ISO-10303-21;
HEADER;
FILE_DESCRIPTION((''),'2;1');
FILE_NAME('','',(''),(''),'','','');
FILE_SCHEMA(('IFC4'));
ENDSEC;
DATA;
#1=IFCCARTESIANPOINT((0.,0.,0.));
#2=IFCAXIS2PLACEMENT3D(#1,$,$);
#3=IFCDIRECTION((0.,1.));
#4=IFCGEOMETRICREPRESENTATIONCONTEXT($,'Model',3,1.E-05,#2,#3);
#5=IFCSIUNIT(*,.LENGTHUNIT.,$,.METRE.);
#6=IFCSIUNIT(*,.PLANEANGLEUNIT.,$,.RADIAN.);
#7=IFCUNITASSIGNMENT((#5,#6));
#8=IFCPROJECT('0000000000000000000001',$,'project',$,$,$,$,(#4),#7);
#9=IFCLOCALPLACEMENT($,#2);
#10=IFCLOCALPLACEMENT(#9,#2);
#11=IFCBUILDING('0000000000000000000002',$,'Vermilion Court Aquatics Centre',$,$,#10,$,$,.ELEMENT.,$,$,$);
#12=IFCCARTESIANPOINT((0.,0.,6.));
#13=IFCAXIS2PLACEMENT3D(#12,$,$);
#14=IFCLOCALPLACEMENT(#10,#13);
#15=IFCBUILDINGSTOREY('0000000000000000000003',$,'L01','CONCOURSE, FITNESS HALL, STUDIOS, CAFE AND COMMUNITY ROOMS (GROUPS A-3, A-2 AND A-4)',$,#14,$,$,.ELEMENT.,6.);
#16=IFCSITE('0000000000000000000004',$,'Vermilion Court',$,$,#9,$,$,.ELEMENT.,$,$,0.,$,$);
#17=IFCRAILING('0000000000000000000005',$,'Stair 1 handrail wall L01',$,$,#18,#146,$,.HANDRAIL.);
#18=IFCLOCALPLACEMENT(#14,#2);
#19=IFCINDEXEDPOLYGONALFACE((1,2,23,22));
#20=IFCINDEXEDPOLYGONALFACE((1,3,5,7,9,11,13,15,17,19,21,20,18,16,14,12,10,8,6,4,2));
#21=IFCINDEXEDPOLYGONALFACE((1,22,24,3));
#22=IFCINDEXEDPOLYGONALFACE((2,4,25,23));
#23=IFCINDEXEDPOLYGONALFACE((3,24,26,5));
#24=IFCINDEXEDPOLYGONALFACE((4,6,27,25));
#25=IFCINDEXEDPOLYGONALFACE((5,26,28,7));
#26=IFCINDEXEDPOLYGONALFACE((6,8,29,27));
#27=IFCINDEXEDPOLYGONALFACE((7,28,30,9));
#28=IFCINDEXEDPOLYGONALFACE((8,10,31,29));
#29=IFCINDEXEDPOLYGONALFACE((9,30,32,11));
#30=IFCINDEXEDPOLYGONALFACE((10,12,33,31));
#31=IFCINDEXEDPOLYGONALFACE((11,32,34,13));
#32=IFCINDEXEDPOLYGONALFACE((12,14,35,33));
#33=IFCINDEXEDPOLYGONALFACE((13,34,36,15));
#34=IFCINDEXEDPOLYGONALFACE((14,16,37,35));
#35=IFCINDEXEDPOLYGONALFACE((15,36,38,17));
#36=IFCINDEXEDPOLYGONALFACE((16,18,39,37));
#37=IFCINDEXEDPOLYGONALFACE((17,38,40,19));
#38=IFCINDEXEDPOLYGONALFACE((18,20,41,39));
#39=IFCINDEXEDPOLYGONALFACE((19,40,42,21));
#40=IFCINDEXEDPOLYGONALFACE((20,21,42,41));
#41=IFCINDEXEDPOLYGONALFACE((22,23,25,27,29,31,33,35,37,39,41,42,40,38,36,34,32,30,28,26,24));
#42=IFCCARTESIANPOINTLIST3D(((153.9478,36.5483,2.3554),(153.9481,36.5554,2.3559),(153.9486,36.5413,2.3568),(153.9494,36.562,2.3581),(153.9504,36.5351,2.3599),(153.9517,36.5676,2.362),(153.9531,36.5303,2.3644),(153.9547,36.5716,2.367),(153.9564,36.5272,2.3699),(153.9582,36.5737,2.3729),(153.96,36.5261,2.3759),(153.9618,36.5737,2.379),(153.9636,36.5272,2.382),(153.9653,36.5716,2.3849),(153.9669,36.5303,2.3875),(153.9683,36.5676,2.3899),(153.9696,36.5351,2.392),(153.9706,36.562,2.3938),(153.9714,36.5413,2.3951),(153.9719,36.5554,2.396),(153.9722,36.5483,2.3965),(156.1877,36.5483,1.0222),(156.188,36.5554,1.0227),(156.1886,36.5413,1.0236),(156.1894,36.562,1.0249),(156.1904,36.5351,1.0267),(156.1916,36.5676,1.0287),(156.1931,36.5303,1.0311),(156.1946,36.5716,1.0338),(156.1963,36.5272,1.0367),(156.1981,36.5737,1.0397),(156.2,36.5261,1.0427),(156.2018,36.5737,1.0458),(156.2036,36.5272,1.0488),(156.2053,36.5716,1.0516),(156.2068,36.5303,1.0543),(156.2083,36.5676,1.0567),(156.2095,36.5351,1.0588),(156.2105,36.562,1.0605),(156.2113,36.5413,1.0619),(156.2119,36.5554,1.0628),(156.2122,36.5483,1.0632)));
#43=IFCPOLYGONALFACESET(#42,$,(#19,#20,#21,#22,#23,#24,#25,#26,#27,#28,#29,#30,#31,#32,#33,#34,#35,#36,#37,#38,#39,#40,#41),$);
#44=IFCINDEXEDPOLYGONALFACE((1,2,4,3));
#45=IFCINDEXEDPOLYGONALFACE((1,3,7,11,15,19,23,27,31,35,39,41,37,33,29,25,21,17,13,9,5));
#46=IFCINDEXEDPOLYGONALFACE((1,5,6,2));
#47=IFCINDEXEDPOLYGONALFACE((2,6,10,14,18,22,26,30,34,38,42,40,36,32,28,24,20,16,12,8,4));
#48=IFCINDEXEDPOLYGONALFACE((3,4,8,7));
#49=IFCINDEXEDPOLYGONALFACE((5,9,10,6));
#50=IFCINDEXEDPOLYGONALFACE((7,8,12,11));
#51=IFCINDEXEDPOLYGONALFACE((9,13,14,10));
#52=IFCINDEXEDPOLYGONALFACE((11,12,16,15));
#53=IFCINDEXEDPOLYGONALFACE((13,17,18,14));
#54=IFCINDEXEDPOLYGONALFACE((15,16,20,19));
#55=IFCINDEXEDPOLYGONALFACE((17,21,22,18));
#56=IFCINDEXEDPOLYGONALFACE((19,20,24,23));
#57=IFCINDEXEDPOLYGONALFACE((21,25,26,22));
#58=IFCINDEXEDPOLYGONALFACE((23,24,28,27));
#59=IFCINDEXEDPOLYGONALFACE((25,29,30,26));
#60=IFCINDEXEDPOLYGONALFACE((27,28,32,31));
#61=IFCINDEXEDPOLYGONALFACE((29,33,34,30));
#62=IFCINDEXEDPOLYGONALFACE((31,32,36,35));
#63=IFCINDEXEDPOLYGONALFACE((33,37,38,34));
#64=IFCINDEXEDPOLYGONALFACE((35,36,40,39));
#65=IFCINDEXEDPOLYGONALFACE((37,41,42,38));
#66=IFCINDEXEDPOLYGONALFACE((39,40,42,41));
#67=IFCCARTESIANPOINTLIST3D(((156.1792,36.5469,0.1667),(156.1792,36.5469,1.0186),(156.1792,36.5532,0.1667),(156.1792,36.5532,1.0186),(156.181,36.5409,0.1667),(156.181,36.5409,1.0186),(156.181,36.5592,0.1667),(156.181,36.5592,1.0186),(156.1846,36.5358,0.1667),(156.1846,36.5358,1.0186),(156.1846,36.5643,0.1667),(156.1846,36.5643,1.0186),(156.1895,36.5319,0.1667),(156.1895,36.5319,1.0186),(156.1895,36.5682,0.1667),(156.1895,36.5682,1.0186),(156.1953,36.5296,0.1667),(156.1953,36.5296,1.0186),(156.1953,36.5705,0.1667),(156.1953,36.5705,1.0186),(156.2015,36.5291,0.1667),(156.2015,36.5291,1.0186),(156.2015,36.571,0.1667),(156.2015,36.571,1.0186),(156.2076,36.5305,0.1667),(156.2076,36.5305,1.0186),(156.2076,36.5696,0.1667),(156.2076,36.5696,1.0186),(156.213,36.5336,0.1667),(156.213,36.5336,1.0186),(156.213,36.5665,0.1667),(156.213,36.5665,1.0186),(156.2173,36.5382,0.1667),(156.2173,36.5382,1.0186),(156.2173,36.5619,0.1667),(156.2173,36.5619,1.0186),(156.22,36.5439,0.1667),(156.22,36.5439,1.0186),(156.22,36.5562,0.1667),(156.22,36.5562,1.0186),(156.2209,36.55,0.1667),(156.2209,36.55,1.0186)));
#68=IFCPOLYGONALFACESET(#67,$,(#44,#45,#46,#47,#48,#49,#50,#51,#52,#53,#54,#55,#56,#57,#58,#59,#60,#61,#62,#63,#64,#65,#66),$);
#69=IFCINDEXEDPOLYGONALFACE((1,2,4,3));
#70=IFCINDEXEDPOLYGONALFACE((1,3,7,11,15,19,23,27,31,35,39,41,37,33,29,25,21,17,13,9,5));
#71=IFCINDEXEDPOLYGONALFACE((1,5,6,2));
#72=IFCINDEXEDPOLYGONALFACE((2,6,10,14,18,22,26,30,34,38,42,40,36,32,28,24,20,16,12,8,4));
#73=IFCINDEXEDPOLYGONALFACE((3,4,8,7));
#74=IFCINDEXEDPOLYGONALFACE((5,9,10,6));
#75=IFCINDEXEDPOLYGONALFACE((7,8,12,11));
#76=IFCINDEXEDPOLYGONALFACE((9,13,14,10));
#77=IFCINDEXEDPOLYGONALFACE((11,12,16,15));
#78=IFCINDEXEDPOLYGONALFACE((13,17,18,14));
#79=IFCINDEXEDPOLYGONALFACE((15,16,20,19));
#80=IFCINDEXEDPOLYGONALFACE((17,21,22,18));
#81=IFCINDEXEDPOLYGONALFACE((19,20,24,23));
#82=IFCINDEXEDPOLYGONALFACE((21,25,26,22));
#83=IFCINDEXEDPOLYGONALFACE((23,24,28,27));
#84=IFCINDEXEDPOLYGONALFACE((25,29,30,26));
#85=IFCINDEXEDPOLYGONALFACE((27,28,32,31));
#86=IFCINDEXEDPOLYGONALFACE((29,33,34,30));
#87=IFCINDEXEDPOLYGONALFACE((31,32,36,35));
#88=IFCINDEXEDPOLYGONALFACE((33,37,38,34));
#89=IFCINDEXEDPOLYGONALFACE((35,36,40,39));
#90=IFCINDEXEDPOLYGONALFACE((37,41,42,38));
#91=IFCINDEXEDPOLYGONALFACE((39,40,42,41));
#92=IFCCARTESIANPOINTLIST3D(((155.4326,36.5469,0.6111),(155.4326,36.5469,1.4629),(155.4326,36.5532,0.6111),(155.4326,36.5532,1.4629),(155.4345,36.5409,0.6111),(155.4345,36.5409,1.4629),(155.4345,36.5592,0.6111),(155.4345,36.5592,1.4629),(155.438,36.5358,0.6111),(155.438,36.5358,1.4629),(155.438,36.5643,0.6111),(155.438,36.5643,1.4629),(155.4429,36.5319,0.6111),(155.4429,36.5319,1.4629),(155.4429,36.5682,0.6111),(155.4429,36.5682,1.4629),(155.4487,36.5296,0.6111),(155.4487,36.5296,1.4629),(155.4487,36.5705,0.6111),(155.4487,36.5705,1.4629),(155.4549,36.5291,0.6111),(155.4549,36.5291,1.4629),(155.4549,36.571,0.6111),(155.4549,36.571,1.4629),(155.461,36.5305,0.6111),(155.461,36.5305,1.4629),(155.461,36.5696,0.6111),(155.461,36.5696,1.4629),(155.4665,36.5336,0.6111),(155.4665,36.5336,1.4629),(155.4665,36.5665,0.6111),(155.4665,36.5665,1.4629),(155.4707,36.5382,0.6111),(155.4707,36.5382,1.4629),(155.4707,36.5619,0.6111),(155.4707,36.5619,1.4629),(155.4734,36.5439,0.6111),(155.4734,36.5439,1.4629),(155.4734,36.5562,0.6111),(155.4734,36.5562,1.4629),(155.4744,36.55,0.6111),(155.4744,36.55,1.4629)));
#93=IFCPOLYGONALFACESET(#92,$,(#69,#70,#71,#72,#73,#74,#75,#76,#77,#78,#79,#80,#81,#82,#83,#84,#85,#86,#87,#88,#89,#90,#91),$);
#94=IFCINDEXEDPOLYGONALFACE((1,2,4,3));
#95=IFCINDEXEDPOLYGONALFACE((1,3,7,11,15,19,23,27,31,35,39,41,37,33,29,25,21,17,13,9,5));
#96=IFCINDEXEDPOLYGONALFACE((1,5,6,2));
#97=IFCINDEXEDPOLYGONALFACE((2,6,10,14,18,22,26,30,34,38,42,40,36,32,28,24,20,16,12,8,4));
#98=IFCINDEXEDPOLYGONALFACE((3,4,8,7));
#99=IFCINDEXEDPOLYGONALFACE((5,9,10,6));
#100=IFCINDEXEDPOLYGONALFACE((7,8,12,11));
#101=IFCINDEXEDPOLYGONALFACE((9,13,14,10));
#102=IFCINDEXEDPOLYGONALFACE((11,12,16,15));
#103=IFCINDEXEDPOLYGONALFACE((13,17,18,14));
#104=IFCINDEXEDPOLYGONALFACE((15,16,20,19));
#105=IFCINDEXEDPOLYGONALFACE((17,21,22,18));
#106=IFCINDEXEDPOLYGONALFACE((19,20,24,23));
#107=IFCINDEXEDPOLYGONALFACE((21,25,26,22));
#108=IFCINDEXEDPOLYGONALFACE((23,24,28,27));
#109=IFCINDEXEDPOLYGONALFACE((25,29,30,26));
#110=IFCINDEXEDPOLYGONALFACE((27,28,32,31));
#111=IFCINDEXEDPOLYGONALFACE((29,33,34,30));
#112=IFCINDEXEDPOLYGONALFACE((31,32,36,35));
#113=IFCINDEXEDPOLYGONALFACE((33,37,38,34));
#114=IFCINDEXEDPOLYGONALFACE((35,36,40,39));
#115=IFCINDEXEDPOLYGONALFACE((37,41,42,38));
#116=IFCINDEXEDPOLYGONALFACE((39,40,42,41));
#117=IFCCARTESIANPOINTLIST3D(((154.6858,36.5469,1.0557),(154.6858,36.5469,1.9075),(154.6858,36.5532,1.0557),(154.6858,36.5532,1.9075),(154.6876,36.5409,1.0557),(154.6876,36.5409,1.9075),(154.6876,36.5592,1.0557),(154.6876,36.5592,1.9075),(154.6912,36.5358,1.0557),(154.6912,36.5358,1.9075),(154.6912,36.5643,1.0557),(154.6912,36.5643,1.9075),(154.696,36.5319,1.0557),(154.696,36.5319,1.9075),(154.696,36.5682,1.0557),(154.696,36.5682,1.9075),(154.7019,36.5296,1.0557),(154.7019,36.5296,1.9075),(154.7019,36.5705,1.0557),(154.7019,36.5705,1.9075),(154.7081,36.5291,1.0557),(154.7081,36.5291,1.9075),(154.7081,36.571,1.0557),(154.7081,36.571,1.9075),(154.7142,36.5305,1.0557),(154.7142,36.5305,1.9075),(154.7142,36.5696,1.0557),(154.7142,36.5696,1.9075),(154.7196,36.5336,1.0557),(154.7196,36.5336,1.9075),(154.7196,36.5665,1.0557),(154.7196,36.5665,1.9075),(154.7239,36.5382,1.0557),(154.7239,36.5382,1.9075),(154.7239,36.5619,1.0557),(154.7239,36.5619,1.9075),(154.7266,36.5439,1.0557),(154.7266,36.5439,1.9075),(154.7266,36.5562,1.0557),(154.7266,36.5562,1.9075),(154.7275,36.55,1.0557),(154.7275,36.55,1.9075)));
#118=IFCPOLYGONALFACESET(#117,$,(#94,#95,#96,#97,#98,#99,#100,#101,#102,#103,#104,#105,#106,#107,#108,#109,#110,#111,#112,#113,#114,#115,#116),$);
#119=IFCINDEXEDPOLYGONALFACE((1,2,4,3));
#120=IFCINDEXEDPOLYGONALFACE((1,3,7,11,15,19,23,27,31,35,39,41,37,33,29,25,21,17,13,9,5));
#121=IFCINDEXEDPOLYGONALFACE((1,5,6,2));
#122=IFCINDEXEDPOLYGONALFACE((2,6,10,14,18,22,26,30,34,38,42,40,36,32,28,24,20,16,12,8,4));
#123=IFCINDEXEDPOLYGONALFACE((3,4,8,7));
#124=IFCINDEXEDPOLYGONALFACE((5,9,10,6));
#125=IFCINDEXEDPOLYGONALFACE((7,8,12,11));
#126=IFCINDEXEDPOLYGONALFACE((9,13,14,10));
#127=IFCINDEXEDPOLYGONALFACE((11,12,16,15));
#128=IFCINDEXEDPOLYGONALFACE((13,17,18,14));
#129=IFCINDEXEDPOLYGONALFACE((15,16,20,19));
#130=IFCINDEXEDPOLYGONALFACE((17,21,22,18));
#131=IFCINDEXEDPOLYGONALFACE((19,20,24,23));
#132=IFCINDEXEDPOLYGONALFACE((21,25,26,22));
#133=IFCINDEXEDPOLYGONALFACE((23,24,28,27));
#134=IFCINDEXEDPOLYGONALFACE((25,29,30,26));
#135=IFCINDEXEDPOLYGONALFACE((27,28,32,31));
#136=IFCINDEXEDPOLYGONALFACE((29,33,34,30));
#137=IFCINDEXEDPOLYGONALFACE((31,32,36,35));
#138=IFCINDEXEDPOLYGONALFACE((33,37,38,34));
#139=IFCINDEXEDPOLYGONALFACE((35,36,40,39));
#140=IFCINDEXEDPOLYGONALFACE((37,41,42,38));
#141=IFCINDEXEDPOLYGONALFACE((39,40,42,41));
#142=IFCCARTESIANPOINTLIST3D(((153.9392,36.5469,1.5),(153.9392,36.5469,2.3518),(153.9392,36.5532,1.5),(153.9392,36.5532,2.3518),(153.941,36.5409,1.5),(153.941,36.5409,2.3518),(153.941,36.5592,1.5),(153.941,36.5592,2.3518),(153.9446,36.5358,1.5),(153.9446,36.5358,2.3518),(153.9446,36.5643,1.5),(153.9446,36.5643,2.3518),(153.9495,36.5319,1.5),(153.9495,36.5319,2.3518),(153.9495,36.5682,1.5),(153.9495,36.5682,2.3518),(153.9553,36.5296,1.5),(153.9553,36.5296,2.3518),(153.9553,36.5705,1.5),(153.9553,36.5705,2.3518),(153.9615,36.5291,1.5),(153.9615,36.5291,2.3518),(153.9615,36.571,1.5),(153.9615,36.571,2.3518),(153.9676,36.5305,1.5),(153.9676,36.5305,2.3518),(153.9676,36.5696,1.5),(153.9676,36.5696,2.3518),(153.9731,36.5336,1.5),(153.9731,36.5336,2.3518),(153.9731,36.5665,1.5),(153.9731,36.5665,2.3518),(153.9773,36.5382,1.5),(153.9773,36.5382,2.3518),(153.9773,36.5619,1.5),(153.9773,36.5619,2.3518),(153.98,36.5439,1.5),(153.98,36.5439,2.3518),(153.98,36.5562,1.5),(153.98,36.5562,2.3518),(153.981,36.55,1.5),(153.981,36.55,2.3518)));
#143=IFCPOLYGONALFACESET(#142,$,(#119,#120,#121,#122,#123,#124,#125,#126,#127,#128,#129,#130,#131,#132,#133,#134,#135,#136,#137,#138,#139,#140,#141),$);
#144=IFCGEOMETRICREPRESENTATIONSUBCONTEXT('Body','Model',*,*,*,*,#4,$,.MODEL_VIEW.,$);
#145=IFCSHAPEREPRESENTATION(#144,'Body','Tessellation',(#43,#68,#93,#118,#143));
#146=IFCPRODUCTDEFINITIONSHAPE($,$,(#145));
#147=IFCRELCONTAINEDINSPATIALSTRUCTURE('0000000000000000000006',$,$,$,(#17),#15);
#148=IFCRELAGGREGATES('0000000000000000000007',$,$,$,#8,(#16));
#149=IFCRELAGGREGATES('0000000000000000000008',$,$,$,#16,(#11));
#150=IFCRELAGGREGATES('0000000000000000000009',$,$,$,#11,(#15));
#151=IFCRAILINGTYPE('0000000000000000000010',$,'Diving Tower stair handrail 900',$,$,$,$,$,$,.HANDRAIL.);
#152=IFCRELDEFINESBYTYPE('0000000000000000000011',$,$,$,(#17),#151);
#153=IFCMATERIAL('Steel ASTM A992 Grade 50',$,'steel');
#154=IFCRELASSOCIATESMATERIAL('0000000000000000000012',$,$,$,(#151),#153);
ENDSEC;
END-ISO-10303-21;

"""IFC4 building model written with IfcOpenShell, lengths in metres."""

from ifc_helpers import new_model, si_unit, direction, frame, origin, origin_2d, place, context, subcontext, project, spatial, circle, extrude, material, type_object, element, save


model = new_model("IFC4")

# Units and contexts
model_context = context("Model", 3, precision=1e-05, world=origin(), true_north=direction((0.0, 1.0)))
body_context = subcontext(model_context, "Body", "Model", "MODEL_VIEW")
ifc_project = project(units=[si_unit("LENGTHUNIT", "METRE"), si_unit("PLANEANGLEUNIT", "RADIAN")], contexts=[model_context])

# Site, building, storey
site_placement = place(None, origin())
site = spatial("IfcSite", under=ifc_project, at=site_placement, Name="Vermilion Court", CompositionType="ELEMENT", RefElevation=0.0)
building_placement = place(site_placement, origin())
building = spatial("IfcBuilding", under=site, at=building_placement, Name="Vermilion Court Aquatics Centre", CompositionType="ELEMENT")
storey_placement = place(building_placement, frame((0.0, 0.0, 6.0)))
storey = spatial("IfcBuildingStorey", under=building, at=storey_placement, Name="L01", Description="CONCOURSE, FITNESS HALL, STUDIOS, CAFE AND COMMUNITY ROOMS (GROUPS A-3, A-2 AND A-4)", CompositionType="ELEMENT", Elevation=6.0)

# Railing
ifc_material_1 = material(Name="Steel ASTM A992 Grade 50", Category="steel")
railing_type_1 = type_object("IfcRailingType", Name="Diving Tower stair handrail 900", PredefinedType="HANDRAIL", material=ifc_material_1)
for number, where, name in (
    (1, (156.2, 36.55, 0.1667), "Stair 1 handrail wall L01"),
):
    element("IfcRailing", number, at=place(storey_placement, frame(where)), inside=storey, type_object=railing_type_1, Name=name, PredefinedType="HANDRAIL", context=body_context, shape_type="SweptSolid", body=[
        extrude(circle(Radius=0.0239, at=origin_2d()), frame((0.0, 0.0, 0.876), z_axis=(-0.859306, 0.0, 0.511462), x_axis=(0.0, -1.0, 0.0)), (0.0, 0.0, 1.0), 2.6067),
        extrude(circle(Radius=0.021, at=origin_2d()), origin(), (0.0, 0.0, 1.0), 0.8518),
        extrude(circle(Radius=0.021, at=origin_2d()), frame((-0.7466, 0.0, 0.4443)), (0.0, 0.0, 1.0), 0.8518),
        extrude(circle(Radius=0.021, at=origin_2d()), frame((-1.4934, 0.0, 0.8889)), (0.0, 0.0, 1.0), 0.8518),
        extrude(circle(Radius=0.021, at=origin_2d()), frame((-2.24, 0.0, 1.3333)), (0.0, 0.0, 1.0), 0.8518),
    ])

save(model, "model.ifc")
